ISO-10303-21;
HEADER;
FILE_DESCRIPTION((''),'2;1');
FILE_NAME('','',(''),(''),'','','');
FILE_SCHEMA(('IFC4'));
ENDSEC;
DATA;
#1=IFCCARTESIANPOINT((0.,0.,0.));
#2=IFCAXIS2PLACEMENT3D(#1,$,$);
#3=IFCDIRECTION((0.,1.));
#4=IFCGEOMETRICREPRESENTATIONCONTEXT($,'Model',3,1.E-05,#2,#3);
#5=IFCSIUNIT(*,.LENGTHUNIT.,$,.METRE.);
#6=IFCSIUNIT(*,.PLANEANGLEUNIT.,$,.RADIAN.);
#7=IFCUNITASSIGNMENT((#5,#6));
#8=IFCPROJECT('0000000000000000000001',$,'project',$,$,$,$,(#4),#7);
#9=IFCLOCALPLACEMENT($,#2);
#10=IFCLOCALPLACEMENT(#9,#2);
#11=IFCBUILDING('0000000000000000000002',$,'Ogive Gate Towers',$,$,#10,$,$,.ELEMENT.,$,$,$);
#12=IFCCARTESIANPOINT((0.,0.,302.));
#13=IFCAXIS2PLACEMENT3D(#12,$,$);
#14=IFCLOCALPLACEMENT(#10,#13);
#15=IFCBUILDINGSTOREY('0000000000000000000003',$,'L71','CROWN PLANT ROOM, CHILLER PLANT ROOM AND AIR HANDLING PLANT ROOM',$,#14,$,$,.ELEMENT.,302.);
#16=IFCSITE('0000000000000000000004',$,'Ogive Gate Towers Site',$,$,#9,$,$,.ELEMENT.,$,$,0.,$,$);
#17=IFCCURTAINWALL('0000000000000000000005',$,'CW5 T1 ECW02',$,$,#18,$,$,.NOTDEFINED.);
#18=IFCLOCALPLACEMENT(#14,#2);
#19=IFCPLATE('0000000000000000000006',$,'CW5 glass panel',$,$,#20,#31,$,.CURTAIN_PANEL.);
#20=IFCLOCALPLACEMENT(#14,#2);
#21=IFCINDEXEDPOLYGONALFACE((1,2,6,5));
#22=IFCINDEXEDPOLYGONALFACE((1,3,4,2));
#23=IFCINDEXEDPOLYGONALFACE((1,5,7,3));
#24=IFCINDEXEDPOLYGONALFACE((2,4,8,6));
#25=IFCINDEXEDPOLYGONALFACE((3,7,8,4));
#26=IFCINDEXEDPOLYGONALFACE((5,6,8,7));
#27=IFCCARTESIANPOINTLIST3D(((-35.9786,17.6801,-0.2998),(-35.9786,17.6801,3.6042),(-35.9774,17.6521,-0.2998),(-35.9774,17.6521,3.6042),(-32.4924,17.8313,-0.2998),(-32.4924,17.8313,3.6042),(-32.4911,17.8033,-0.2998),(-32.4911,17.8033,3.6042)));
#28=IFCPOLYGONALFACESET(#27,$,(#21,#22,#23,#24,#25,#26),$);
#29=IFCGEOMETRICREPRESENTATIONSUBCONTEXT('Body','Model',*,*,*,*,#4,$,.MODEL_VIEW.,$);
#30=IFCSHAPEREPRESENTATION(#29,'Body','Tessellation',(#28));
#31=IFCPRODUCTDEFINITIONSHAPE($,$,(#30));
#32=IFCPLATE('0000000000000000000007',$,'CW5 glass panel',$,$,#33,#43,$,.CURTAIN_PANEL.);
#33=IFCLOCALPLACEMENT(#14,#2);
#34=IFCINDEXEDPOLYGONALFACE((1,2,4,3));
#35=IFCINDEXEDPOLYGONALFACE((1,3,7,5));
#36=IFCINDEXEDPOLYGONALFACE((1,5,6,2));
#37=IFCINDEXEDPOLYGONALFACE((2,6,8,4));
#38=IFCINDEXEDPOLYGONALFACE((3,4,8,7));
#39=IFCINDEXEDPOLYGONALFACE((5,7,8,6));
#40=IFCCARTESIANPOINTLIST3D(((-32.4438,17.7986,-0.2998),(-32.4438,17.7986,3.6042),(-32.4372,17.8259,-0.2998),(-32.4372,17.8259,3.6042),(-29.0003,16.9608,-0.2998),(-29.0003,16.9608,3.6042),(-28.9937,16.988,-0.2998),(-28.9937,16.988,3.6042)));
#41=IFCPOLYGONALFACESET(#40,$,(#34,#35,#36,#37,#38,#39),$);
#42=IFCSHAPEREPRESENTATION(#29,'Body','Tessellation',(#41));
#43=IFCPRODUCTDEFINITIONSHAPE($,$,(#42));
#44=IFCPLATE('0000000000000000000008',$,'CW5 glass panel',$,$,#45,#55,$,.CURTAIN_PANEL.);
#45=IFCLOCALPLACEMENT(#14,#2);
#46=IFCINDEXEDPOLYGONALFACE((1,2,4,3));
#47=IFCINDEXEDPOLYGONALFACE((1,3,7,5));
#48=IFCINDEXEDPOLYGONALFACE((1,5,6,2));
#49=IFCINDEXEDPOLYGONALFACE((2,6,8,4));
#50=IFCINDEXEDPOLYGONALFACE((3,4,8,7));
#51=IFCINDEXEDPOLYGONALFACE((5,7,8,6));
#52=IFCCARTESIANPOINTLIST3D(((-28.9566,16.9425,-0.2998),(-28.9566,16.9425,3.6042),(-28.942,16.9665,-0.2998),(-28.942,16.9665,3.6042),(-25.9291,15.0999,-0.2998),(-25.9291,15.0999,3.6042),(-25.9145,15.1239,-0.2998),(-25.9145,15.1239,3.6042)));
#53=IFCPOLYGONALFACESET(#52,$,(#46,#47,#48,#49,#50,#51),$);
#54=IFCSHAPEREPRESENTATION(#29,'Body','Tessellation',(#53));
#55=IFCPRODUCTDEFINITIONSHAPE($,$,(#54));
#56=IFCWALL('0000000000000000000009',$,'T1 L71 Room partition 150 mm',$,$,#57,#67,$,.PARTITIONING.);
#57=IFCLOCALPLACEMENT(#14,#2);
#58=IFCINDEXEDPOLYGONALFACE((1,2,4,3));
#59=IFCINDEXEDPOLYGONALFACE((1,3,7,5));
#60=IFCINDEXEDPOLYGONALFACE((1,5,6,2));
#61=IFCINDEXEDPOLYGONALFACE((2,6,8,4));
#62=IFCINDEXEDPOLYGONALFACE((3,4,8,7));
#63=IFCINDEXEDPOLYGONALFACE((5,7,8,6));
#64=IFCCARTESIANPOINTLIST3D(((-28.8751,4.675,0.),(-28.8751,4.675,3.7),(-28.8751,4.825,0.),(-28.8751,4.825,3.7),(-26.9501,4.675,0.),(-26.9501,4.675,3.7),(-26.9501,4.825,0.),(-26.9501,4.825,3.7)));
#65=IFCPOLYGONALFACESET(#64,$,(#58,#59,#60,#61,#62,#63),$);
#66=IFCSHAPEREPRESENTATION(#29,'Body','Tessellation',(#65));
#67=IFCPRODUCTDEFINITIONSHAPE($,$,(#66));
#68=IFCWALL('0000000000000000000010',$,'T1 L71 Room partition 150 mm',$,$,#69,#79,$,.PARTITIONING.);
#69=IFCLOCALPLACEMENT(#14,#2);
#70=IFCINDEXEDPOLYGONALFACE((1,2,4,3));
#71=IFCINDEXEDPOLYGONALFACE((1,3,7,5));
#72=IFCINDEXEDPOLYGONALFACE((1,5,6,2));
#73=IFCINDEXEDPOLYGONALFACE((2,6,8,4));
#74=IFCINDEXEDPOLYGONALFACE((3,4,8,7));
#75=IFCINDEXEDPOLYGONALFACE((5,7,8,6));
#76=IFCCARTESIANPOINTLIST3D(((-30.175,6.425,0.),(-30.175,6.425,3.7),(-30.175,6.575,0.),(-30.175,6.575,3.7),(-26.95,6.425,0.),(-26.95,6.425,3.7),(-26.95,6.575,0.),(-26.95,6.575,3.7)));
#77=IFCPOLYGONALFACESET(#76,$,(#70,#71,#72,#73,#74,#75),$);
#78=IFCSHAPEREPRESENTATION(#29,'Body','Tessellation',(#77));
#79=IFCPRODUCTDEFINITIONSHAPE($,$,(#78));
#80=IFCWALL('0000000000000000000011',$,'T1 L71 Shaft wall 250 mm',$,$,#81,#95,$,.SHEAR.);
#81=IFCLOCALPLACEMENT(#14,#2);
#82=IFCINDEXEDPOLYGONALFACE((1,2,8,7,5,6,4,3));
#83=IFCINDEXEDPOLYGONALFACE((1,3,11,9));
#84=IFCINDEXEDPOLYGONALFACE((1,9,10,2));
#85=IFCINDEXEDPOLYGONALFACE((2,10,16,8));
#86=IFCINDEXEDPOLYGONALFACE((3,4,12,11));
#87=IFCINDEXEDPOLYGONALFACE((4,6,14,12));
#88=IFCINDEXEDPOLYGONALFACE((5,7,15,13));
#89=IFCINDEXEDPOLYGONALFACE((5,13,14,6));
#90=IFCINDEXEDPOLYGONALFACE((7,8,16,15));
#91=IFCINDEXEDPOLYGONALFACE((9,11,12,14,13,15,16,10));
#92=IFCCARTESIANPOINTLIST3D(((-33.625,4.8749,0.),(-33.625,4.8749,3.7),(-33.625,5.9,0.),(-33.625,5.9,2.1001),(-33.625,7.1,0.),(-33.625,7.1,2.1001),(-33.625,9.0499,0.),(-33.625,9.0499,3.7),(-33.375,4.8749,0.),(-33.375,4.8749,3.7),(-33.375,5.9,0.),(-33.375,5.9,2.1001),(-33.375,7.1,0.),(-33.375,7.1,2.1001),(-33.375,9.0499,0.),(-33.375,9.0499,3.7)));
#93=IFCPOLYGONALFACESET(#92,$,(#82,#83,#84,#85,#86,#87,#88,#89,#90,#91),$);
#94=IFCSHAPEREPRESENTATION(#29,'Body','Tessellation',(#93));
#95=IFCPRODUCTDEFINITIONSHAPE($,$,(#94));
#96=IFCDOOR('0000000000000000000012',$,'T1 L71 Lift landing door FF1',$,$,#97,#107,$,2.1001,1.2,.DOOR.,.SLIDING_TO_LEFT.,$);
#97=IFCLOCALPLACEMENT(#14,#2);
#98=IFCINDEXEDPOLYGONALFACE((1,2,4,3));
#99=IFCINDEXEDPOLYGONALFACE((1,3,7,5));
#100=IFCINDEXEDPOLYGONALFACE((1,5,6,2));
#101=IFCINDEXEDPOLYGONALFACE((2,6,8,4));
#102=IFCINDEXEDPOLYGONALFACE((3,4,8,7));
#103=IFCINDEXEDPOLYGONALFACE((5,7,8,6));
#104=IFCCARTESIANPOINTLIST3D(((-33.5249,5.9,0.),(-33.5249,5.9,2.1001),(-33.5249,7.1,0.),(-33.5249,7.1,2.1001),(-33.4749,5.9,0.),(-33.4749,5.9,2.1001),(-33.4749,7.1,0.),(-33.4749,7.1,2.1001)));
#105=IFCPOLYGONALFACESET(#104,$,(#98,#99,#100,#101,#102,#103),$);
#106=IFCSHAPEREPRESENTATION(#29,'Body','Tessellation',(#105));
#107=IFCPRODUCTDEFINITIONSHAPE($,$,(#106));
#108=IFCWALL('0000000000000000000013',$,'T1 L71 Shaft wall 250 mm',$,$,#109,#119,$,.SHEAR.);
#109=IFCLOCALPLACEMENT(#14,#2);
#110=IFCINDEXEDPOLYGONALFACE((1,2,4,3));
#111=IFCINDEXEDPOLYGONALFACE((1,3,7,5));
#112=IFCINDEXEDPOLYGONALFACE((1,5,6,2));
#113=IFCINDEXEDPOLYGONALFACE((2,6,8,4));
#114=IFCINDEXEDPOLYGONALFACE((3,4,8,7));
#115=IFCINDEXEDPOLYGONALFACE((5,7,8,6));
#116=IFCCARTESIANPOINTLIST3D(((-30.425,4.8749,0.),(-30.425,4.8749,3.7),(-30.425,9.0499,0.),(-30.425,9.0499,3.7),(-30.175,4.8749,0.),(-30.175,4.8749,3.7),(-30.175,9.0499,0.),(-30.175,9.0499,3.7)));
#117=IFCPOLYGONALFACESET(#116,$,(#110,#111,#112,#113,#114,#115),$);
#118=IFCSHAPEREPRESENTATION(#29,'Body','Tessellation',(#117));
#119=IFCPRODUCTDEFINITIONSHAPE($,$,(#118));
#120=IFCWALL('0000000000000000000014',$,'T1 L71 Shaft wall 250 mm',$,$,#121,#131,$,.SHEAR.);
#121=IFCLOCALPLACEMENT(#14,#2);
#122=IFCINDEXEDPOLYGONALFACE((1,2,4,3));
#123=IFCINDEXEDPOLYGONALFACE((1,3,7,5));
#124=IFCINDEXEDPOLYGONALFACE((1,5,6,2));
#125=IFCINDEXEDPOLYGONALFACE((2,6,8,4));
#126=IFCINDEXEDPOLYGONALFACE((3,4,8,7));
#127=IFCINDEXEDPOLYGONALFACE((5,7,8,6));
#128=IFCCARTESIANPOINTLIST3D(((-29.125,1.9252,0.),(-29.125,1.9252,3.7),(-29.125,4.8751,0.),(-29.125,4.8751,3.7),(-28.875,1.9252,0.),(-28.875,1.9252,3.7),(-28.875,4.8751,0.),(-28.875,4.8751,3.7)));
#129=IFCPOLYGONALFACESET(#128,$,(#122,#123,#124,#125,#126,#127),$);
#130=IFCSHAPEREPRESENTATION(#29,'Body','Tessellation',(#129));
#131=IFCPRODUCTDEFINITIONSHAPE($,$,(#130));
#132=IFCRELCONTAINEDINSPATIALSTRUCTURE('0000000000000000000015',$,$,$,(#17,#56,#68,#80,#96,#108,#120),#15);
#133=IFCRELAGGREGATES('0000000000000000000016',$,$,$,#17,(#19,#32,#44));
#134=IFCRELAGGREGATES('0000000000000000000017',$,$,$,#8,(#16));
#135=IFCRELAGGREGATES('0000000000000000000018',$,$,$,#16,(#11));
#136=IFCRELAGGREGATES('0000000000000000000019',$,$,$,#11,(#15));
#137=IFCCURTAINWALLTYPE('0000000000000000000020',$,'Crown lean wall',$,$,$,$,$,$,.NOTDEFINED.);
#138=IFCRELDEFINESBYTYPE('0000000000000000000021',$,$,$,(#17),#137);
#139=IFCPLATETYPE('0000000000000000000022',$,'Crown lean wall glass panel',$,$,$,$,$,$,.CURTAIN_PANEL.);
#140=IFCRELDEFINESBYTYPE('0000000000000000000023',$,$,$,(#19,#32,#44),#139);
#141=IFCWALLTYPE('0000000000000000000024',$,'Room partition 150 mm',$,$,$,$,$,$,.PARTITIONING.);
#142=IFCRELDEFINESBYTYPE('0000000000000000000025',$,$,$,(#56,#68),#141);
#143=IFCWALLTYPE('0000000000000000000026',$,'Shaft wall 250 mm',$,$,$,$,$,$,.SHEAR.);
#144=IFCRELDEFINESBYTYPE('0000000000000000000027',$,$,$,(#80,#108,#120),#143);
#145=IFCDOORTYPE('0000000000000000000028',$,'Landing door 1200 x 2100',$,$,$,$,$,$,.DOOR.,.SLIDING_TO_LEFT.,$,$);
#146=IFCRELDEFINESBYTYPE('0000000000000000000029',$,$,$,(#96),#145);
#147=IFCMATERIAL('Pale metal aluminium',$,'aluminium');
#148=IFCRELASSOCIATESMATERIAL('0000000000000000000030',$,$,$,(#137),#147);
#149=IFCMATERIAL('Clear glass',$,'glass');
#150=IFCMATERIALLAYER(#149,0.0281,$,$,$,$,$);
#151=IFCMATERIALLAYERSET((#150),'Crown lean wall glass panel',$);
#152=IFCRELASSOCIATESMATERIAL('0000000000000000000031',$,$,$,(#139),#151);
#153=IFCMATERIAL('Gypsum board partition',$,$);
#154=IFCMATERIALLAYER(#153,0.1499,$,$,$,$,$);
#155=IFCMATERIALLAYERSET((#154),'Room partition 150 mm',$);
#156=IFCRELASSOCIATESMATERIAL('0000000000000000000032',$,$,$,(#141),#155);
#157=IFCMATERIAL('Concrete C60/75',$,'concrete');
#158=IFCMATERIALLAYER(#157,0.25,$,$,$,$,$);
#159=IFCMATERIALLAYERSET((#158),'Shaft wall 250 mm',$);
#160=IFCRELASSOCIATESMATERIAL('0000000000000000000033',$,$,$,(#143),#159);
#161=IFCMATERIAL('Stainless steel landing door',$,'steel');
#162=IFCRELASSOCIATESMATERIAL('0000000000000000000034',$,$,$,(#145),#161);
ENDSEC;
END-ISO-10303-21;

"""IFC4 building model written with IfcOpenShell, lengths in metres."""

from ifc_helpers import new_model, si_unit, direction, frame, frame_2d, origin, origin_2d, place, context, subcontext, project, spatial, rectangle, extrude, material, layer, layer_set, type_object, element, fill, aggregate, save


model = new_model("IFC4")

# Units and contexts
model_context = context("Model", 3, precision=1e-05, world=origin(), true_north=direction((0.0, 1.0)))
body_context = subcontext(model_context, "Body", "Model", "MODEL_VIEW")
ifc_project = project(units=[si_unit("LENGTHUNIT", "METRE"), si_unit("PLANEANGLEUNIT", "RADIAN")], contexts=[model_context])

# Site, building, storey
site_placement = place(None, origin())
site = spatial("IfcSite", under=ifc_project, at=site_placement, Name="Ogive Gate Towers Site", CompositionType="ELEMENT", RefElevation=0.0)
building_placement = place(site_placement, origin())
building = spatial("IfcBuilding", under=site, at=building_placement, Name="Ogive Gate Towers", CompositionType="ELEMENT")
storey_placement = place(building_placement, frame((0.0, 0.0, 302.0)))
storey = spatial("IfcBuildingStorey", under=building, at=storey_placement, Name="L71", Description="CROWN PLANT ROOM, CHILLER PLANT ROOM AND AIR HANDLING PLANT ROOM", CompositionType="ELEMENT", Elevation=302.0)

# Curtain wall
ifc_material_1 = material(Name="Pale metal aluminium", Category="aluminium")
curtain_wall_type = type_object("IfcCurtainWallType", Name="Crown lean wall", PredefinedType="NOTDEFINED", material=ifc_material_1)
curtain_wall_placement = place(storey_placement, origin())
curtain_wall = element("IfcCurtainWall", 1, at=curtain_wall_placement, inside=storey, type_object=curtain_wall_type, Name="CW5 T1 ECW02", PredefinedType="NOTDEFINED")

# Plates
ifc_material_2 = material(Name="Clear glass", Category="glass")
ifc_layer_1 = layer(ifc_material_2, 0.0281)
ifc_layer_set_1 = layer_set([ifc_layer_1], Name="Crown lean wall glass panel")
plate_type = type_object("IfcPlateType", Name="Crown lean wall glass panel", PredefinedType="CURTAIN_PANEL", material=ifc_layer_set_1)
plate_1_placement = place(storey_placement, frame((-34.2349, 17.7417, -0.2998), z_axis=(0.0, 0.0, 1.0), x_axis=(0.99906, 0.04334, 0.0)))
plate_1 = element("IfcPlate", 2, at=plate_1_placement, type_object=plate_type, Name="CW5 glass panel", PredefinedType="CURTAIN_PANEL", context=body_context, shape_type="SweptSolid", body=[
    extrude(rectangle(XDim=3.4895, YDim=0.0281, at=origin_2d()), origin(), (0.0, 0.0, 1.0), 3.9041),
])
plate_2_placement = place(storey_placement, frame((-30.7188, 17.3933, -0.2998), z_axis=(0.0, 0.0, 1.0), x_axis=(0.971652, -0.236414, 0.0)))
plate_2 = element("IfcPlate", 3, at=plate_2_placement, type_object=plate_type, Name="CW5 glass panel", PredefinedType="CURTAIN_PANEL", context=body_context, shape_type="SweptSolid", body=[
    extrude(rectangle(XDim=3.5439, YDim=0.0281, at=origin_2d()), origin(), (0.0, 0.0, 1.0), 3.9041),
])
plate_3_placement = place(storey_placement, frame((-27.4355, 16.0332, -0.2998), z_axis=(0.0, 0.0, 1.0), x_axis=(0.854232, -0.519892, 0.0)))
plate_3 = element("IfcPlate", 4, at=plate_3_placement, type_object=plate_type, Name="CW5 glass panel", PredefinedType="CURTAIN_PANEL", context=body_context, shape_type="SweptSolid", body=[
    extrude(rectangle(XDim=3.5442, YDim=0.0281, at=origin_2d()), origin(), (0.0, 0.0, 1.0), 3.9041),
])
aggregate(curtain_wall, [plate_1, plate_2, plate_3])

# Walls
ifc_material_3 = material(Name="Gypsum board partition")
ifc_layer_2 = layer(ifc_material_3, 0.1499)
ifc_layer_set_2 = layer_set([ifc_layer_2], Name="Room partition 150 mm")
wall_type_1 = type_object("IfcWallType", Name="Room partition 150 mm", PredefinedType="PARTITIONING", material=ifc_layer_set_2)
wall_1_placement = place(storey_placement, frame((-28.875, 4.75, 0.0), z_axis=(0.0, 0.0, 1.0), x_axis=(1.0, 0.0, 0.0)))
element("IfcWall", 5, at=wall_1_placement, inside=storey, type_object=wall_type_1, Name="T1 L71 Room partition 150 mm", PredefinedType="PARTITIONING", context=body_context, shape_type="SweptSolid", body=[
    extrude(rectangle(XDim=1.925, YDim=0.1499, at=frame_2d((0.9624, 0.0))), origin(), (0.0, 0.0, 1.0), 3.7),
])
wall_2_placement = place(storey_placement, frame((-30.175, 6.5, 0.0), z_axis=(0.0, 0.0, 1.0), x_axis=(1.0, 0.0, 0.0)))
element("IfcWall", 6, at=wall_2_placement, inside=storey, type_object=wall_type_1, Name="T1 L71 Room partition 150 mm", PredefinedType="PARTITIONING", context=body_context, shape_type="SweptSolid", body=[
    extrude(rectangle(XDim=3.2251, YDim=0.1499, at=frame_2d((1.6125, 0.0))), origin(), (0.0, 0.0, 1.0), 3.7),
])

# Wall, opening, door
ifc_material_4 = material(Name="Concrete C60/75", Category="concrete")
ifc_layer_3 = layer(ifc_material_4, 0.25)
ifc_layer_set_3 = layer_set([ifc_layer_3], Name="Shaft wall 250 mm")
wall_type_2 = type_object("IfcWallType", Name="Shaft wall 250 mm", PredefinedType="SHEAR", material=ifc_layer_set_3)
wall_3_placement = place(storey_placement, frame((-33.5, 4.875, 0.0), z_axis=(0.0, 0.0, 1.0), x_axis=(0.0, 1.0, 0.0)))
wall_3 = element("IfcWall", 7, at=wall_3_placement, inside=storey, type_object=wall_type_2, Name="T1 L71 Shaft wall 250 mm", PredefinedType="SHEAR", context=body_context, shape_type="SweptSolid", body=[
    extrude(rectangle(XDim=4.175, YDim=0.25, at=frame_2d((2.0874, 0.0))), origin(), (0.0, 0.0, 1.0), 3.7),
])
opening_placement = place(wall_3_placement, frame((1.0249, 0.0, 0.0)))
opening = element("IfcOpeningElement", 8, at=opening_placement, cuts=wall_3, PredefinedType="OPENING", context=body_context, shape_type="SweptSolid", body=[
    extrude(rectangle(XDim=1.2, YDim=2.1001, at=frame_2d((0.6001, 1.05))), frame((0.0, 0.135, 0.0), z_axis=(0.0, -1.0, 0.0), x_axis=(1.0, 0.0, 0.0)), (0.0, 0.0, 1.0), 0.27),
])
ifc_material_5 = material(Name="Stainless steel landing door", Category="steel")
door_type = type_object("IfcDoorType", Name="Landing door 1200 x 2100", OperationType="SLIDING_TO_LEFT", PredefinedType="DOOR", material=ifc_material_5)
door_placement = place(opening_placement, origin())
door = element("IfcDoor", 9, at=door_placement, inside=storey, type_object=door_type, Name="T1 L71 Lift landing door FF1", OperationType="SLIDING_TO_LEFT", OverallHeight=2.1001, OverallWidth=1.2, PredefinedType="DOOR", context=body_context, shape_type="SweptSolid", body=[
    extrude(rectangle(XDim=1.2, YDim=2.1001, at=frame_2d((0.6001, 1.05))), frame((0.0, 0.0249, 0.0), z_axis=(0.0, -1.0, 0.0), x_axis=(1.0, 0.0, 0.0)), (0.0, 0.0, 1.0), 0.05),
])
fill(opening, door)

# Walls
wall_4_placement = place(storey_placement, frame((-30.3, 4.875, 0.0), z_axis=(0.0, 0.0, 1.0), x_axis=(0.0, 1.0, 0.0)))
element("IfcWall", 10, at=wall_4_placement, inside=storey, type_object=wall_type_2, Name="T1 L71 Shaft wall 250 mm", PredefinedType="SHEAR", context=body_context, shape_type="SweptSolid", body=[
    extrude(rectangle(XDim=4.175, YDim=0.25, at=frame_2d((2.0874, 0.0))), origin(), (0.0, 0.0, 1.0), 3.7),
])
wall_5_placement = place(storey_placement, frame((-29.0, 1.925, 0.0), z_axis=(0.0, 0.0, 1.0), x_axis=(0.0, 1.0, 0.0)))
element("IfcWall", 11, at=wall_5_placement, inside=storey, type_object=wall_type_2, Name="T1 L71 Shaft wall 250 mm", PredefinedType="SHEAR", context=body_context, shape_type="SweptSolid", body=[
    extrude(rectangle(XDim=2.95, YDim=0.25, at=frame_2d((1.4751, 0.0))), origin(), (0.0, 0.0, 1.0), 3.7),
])

save(model, "model.ifc")
